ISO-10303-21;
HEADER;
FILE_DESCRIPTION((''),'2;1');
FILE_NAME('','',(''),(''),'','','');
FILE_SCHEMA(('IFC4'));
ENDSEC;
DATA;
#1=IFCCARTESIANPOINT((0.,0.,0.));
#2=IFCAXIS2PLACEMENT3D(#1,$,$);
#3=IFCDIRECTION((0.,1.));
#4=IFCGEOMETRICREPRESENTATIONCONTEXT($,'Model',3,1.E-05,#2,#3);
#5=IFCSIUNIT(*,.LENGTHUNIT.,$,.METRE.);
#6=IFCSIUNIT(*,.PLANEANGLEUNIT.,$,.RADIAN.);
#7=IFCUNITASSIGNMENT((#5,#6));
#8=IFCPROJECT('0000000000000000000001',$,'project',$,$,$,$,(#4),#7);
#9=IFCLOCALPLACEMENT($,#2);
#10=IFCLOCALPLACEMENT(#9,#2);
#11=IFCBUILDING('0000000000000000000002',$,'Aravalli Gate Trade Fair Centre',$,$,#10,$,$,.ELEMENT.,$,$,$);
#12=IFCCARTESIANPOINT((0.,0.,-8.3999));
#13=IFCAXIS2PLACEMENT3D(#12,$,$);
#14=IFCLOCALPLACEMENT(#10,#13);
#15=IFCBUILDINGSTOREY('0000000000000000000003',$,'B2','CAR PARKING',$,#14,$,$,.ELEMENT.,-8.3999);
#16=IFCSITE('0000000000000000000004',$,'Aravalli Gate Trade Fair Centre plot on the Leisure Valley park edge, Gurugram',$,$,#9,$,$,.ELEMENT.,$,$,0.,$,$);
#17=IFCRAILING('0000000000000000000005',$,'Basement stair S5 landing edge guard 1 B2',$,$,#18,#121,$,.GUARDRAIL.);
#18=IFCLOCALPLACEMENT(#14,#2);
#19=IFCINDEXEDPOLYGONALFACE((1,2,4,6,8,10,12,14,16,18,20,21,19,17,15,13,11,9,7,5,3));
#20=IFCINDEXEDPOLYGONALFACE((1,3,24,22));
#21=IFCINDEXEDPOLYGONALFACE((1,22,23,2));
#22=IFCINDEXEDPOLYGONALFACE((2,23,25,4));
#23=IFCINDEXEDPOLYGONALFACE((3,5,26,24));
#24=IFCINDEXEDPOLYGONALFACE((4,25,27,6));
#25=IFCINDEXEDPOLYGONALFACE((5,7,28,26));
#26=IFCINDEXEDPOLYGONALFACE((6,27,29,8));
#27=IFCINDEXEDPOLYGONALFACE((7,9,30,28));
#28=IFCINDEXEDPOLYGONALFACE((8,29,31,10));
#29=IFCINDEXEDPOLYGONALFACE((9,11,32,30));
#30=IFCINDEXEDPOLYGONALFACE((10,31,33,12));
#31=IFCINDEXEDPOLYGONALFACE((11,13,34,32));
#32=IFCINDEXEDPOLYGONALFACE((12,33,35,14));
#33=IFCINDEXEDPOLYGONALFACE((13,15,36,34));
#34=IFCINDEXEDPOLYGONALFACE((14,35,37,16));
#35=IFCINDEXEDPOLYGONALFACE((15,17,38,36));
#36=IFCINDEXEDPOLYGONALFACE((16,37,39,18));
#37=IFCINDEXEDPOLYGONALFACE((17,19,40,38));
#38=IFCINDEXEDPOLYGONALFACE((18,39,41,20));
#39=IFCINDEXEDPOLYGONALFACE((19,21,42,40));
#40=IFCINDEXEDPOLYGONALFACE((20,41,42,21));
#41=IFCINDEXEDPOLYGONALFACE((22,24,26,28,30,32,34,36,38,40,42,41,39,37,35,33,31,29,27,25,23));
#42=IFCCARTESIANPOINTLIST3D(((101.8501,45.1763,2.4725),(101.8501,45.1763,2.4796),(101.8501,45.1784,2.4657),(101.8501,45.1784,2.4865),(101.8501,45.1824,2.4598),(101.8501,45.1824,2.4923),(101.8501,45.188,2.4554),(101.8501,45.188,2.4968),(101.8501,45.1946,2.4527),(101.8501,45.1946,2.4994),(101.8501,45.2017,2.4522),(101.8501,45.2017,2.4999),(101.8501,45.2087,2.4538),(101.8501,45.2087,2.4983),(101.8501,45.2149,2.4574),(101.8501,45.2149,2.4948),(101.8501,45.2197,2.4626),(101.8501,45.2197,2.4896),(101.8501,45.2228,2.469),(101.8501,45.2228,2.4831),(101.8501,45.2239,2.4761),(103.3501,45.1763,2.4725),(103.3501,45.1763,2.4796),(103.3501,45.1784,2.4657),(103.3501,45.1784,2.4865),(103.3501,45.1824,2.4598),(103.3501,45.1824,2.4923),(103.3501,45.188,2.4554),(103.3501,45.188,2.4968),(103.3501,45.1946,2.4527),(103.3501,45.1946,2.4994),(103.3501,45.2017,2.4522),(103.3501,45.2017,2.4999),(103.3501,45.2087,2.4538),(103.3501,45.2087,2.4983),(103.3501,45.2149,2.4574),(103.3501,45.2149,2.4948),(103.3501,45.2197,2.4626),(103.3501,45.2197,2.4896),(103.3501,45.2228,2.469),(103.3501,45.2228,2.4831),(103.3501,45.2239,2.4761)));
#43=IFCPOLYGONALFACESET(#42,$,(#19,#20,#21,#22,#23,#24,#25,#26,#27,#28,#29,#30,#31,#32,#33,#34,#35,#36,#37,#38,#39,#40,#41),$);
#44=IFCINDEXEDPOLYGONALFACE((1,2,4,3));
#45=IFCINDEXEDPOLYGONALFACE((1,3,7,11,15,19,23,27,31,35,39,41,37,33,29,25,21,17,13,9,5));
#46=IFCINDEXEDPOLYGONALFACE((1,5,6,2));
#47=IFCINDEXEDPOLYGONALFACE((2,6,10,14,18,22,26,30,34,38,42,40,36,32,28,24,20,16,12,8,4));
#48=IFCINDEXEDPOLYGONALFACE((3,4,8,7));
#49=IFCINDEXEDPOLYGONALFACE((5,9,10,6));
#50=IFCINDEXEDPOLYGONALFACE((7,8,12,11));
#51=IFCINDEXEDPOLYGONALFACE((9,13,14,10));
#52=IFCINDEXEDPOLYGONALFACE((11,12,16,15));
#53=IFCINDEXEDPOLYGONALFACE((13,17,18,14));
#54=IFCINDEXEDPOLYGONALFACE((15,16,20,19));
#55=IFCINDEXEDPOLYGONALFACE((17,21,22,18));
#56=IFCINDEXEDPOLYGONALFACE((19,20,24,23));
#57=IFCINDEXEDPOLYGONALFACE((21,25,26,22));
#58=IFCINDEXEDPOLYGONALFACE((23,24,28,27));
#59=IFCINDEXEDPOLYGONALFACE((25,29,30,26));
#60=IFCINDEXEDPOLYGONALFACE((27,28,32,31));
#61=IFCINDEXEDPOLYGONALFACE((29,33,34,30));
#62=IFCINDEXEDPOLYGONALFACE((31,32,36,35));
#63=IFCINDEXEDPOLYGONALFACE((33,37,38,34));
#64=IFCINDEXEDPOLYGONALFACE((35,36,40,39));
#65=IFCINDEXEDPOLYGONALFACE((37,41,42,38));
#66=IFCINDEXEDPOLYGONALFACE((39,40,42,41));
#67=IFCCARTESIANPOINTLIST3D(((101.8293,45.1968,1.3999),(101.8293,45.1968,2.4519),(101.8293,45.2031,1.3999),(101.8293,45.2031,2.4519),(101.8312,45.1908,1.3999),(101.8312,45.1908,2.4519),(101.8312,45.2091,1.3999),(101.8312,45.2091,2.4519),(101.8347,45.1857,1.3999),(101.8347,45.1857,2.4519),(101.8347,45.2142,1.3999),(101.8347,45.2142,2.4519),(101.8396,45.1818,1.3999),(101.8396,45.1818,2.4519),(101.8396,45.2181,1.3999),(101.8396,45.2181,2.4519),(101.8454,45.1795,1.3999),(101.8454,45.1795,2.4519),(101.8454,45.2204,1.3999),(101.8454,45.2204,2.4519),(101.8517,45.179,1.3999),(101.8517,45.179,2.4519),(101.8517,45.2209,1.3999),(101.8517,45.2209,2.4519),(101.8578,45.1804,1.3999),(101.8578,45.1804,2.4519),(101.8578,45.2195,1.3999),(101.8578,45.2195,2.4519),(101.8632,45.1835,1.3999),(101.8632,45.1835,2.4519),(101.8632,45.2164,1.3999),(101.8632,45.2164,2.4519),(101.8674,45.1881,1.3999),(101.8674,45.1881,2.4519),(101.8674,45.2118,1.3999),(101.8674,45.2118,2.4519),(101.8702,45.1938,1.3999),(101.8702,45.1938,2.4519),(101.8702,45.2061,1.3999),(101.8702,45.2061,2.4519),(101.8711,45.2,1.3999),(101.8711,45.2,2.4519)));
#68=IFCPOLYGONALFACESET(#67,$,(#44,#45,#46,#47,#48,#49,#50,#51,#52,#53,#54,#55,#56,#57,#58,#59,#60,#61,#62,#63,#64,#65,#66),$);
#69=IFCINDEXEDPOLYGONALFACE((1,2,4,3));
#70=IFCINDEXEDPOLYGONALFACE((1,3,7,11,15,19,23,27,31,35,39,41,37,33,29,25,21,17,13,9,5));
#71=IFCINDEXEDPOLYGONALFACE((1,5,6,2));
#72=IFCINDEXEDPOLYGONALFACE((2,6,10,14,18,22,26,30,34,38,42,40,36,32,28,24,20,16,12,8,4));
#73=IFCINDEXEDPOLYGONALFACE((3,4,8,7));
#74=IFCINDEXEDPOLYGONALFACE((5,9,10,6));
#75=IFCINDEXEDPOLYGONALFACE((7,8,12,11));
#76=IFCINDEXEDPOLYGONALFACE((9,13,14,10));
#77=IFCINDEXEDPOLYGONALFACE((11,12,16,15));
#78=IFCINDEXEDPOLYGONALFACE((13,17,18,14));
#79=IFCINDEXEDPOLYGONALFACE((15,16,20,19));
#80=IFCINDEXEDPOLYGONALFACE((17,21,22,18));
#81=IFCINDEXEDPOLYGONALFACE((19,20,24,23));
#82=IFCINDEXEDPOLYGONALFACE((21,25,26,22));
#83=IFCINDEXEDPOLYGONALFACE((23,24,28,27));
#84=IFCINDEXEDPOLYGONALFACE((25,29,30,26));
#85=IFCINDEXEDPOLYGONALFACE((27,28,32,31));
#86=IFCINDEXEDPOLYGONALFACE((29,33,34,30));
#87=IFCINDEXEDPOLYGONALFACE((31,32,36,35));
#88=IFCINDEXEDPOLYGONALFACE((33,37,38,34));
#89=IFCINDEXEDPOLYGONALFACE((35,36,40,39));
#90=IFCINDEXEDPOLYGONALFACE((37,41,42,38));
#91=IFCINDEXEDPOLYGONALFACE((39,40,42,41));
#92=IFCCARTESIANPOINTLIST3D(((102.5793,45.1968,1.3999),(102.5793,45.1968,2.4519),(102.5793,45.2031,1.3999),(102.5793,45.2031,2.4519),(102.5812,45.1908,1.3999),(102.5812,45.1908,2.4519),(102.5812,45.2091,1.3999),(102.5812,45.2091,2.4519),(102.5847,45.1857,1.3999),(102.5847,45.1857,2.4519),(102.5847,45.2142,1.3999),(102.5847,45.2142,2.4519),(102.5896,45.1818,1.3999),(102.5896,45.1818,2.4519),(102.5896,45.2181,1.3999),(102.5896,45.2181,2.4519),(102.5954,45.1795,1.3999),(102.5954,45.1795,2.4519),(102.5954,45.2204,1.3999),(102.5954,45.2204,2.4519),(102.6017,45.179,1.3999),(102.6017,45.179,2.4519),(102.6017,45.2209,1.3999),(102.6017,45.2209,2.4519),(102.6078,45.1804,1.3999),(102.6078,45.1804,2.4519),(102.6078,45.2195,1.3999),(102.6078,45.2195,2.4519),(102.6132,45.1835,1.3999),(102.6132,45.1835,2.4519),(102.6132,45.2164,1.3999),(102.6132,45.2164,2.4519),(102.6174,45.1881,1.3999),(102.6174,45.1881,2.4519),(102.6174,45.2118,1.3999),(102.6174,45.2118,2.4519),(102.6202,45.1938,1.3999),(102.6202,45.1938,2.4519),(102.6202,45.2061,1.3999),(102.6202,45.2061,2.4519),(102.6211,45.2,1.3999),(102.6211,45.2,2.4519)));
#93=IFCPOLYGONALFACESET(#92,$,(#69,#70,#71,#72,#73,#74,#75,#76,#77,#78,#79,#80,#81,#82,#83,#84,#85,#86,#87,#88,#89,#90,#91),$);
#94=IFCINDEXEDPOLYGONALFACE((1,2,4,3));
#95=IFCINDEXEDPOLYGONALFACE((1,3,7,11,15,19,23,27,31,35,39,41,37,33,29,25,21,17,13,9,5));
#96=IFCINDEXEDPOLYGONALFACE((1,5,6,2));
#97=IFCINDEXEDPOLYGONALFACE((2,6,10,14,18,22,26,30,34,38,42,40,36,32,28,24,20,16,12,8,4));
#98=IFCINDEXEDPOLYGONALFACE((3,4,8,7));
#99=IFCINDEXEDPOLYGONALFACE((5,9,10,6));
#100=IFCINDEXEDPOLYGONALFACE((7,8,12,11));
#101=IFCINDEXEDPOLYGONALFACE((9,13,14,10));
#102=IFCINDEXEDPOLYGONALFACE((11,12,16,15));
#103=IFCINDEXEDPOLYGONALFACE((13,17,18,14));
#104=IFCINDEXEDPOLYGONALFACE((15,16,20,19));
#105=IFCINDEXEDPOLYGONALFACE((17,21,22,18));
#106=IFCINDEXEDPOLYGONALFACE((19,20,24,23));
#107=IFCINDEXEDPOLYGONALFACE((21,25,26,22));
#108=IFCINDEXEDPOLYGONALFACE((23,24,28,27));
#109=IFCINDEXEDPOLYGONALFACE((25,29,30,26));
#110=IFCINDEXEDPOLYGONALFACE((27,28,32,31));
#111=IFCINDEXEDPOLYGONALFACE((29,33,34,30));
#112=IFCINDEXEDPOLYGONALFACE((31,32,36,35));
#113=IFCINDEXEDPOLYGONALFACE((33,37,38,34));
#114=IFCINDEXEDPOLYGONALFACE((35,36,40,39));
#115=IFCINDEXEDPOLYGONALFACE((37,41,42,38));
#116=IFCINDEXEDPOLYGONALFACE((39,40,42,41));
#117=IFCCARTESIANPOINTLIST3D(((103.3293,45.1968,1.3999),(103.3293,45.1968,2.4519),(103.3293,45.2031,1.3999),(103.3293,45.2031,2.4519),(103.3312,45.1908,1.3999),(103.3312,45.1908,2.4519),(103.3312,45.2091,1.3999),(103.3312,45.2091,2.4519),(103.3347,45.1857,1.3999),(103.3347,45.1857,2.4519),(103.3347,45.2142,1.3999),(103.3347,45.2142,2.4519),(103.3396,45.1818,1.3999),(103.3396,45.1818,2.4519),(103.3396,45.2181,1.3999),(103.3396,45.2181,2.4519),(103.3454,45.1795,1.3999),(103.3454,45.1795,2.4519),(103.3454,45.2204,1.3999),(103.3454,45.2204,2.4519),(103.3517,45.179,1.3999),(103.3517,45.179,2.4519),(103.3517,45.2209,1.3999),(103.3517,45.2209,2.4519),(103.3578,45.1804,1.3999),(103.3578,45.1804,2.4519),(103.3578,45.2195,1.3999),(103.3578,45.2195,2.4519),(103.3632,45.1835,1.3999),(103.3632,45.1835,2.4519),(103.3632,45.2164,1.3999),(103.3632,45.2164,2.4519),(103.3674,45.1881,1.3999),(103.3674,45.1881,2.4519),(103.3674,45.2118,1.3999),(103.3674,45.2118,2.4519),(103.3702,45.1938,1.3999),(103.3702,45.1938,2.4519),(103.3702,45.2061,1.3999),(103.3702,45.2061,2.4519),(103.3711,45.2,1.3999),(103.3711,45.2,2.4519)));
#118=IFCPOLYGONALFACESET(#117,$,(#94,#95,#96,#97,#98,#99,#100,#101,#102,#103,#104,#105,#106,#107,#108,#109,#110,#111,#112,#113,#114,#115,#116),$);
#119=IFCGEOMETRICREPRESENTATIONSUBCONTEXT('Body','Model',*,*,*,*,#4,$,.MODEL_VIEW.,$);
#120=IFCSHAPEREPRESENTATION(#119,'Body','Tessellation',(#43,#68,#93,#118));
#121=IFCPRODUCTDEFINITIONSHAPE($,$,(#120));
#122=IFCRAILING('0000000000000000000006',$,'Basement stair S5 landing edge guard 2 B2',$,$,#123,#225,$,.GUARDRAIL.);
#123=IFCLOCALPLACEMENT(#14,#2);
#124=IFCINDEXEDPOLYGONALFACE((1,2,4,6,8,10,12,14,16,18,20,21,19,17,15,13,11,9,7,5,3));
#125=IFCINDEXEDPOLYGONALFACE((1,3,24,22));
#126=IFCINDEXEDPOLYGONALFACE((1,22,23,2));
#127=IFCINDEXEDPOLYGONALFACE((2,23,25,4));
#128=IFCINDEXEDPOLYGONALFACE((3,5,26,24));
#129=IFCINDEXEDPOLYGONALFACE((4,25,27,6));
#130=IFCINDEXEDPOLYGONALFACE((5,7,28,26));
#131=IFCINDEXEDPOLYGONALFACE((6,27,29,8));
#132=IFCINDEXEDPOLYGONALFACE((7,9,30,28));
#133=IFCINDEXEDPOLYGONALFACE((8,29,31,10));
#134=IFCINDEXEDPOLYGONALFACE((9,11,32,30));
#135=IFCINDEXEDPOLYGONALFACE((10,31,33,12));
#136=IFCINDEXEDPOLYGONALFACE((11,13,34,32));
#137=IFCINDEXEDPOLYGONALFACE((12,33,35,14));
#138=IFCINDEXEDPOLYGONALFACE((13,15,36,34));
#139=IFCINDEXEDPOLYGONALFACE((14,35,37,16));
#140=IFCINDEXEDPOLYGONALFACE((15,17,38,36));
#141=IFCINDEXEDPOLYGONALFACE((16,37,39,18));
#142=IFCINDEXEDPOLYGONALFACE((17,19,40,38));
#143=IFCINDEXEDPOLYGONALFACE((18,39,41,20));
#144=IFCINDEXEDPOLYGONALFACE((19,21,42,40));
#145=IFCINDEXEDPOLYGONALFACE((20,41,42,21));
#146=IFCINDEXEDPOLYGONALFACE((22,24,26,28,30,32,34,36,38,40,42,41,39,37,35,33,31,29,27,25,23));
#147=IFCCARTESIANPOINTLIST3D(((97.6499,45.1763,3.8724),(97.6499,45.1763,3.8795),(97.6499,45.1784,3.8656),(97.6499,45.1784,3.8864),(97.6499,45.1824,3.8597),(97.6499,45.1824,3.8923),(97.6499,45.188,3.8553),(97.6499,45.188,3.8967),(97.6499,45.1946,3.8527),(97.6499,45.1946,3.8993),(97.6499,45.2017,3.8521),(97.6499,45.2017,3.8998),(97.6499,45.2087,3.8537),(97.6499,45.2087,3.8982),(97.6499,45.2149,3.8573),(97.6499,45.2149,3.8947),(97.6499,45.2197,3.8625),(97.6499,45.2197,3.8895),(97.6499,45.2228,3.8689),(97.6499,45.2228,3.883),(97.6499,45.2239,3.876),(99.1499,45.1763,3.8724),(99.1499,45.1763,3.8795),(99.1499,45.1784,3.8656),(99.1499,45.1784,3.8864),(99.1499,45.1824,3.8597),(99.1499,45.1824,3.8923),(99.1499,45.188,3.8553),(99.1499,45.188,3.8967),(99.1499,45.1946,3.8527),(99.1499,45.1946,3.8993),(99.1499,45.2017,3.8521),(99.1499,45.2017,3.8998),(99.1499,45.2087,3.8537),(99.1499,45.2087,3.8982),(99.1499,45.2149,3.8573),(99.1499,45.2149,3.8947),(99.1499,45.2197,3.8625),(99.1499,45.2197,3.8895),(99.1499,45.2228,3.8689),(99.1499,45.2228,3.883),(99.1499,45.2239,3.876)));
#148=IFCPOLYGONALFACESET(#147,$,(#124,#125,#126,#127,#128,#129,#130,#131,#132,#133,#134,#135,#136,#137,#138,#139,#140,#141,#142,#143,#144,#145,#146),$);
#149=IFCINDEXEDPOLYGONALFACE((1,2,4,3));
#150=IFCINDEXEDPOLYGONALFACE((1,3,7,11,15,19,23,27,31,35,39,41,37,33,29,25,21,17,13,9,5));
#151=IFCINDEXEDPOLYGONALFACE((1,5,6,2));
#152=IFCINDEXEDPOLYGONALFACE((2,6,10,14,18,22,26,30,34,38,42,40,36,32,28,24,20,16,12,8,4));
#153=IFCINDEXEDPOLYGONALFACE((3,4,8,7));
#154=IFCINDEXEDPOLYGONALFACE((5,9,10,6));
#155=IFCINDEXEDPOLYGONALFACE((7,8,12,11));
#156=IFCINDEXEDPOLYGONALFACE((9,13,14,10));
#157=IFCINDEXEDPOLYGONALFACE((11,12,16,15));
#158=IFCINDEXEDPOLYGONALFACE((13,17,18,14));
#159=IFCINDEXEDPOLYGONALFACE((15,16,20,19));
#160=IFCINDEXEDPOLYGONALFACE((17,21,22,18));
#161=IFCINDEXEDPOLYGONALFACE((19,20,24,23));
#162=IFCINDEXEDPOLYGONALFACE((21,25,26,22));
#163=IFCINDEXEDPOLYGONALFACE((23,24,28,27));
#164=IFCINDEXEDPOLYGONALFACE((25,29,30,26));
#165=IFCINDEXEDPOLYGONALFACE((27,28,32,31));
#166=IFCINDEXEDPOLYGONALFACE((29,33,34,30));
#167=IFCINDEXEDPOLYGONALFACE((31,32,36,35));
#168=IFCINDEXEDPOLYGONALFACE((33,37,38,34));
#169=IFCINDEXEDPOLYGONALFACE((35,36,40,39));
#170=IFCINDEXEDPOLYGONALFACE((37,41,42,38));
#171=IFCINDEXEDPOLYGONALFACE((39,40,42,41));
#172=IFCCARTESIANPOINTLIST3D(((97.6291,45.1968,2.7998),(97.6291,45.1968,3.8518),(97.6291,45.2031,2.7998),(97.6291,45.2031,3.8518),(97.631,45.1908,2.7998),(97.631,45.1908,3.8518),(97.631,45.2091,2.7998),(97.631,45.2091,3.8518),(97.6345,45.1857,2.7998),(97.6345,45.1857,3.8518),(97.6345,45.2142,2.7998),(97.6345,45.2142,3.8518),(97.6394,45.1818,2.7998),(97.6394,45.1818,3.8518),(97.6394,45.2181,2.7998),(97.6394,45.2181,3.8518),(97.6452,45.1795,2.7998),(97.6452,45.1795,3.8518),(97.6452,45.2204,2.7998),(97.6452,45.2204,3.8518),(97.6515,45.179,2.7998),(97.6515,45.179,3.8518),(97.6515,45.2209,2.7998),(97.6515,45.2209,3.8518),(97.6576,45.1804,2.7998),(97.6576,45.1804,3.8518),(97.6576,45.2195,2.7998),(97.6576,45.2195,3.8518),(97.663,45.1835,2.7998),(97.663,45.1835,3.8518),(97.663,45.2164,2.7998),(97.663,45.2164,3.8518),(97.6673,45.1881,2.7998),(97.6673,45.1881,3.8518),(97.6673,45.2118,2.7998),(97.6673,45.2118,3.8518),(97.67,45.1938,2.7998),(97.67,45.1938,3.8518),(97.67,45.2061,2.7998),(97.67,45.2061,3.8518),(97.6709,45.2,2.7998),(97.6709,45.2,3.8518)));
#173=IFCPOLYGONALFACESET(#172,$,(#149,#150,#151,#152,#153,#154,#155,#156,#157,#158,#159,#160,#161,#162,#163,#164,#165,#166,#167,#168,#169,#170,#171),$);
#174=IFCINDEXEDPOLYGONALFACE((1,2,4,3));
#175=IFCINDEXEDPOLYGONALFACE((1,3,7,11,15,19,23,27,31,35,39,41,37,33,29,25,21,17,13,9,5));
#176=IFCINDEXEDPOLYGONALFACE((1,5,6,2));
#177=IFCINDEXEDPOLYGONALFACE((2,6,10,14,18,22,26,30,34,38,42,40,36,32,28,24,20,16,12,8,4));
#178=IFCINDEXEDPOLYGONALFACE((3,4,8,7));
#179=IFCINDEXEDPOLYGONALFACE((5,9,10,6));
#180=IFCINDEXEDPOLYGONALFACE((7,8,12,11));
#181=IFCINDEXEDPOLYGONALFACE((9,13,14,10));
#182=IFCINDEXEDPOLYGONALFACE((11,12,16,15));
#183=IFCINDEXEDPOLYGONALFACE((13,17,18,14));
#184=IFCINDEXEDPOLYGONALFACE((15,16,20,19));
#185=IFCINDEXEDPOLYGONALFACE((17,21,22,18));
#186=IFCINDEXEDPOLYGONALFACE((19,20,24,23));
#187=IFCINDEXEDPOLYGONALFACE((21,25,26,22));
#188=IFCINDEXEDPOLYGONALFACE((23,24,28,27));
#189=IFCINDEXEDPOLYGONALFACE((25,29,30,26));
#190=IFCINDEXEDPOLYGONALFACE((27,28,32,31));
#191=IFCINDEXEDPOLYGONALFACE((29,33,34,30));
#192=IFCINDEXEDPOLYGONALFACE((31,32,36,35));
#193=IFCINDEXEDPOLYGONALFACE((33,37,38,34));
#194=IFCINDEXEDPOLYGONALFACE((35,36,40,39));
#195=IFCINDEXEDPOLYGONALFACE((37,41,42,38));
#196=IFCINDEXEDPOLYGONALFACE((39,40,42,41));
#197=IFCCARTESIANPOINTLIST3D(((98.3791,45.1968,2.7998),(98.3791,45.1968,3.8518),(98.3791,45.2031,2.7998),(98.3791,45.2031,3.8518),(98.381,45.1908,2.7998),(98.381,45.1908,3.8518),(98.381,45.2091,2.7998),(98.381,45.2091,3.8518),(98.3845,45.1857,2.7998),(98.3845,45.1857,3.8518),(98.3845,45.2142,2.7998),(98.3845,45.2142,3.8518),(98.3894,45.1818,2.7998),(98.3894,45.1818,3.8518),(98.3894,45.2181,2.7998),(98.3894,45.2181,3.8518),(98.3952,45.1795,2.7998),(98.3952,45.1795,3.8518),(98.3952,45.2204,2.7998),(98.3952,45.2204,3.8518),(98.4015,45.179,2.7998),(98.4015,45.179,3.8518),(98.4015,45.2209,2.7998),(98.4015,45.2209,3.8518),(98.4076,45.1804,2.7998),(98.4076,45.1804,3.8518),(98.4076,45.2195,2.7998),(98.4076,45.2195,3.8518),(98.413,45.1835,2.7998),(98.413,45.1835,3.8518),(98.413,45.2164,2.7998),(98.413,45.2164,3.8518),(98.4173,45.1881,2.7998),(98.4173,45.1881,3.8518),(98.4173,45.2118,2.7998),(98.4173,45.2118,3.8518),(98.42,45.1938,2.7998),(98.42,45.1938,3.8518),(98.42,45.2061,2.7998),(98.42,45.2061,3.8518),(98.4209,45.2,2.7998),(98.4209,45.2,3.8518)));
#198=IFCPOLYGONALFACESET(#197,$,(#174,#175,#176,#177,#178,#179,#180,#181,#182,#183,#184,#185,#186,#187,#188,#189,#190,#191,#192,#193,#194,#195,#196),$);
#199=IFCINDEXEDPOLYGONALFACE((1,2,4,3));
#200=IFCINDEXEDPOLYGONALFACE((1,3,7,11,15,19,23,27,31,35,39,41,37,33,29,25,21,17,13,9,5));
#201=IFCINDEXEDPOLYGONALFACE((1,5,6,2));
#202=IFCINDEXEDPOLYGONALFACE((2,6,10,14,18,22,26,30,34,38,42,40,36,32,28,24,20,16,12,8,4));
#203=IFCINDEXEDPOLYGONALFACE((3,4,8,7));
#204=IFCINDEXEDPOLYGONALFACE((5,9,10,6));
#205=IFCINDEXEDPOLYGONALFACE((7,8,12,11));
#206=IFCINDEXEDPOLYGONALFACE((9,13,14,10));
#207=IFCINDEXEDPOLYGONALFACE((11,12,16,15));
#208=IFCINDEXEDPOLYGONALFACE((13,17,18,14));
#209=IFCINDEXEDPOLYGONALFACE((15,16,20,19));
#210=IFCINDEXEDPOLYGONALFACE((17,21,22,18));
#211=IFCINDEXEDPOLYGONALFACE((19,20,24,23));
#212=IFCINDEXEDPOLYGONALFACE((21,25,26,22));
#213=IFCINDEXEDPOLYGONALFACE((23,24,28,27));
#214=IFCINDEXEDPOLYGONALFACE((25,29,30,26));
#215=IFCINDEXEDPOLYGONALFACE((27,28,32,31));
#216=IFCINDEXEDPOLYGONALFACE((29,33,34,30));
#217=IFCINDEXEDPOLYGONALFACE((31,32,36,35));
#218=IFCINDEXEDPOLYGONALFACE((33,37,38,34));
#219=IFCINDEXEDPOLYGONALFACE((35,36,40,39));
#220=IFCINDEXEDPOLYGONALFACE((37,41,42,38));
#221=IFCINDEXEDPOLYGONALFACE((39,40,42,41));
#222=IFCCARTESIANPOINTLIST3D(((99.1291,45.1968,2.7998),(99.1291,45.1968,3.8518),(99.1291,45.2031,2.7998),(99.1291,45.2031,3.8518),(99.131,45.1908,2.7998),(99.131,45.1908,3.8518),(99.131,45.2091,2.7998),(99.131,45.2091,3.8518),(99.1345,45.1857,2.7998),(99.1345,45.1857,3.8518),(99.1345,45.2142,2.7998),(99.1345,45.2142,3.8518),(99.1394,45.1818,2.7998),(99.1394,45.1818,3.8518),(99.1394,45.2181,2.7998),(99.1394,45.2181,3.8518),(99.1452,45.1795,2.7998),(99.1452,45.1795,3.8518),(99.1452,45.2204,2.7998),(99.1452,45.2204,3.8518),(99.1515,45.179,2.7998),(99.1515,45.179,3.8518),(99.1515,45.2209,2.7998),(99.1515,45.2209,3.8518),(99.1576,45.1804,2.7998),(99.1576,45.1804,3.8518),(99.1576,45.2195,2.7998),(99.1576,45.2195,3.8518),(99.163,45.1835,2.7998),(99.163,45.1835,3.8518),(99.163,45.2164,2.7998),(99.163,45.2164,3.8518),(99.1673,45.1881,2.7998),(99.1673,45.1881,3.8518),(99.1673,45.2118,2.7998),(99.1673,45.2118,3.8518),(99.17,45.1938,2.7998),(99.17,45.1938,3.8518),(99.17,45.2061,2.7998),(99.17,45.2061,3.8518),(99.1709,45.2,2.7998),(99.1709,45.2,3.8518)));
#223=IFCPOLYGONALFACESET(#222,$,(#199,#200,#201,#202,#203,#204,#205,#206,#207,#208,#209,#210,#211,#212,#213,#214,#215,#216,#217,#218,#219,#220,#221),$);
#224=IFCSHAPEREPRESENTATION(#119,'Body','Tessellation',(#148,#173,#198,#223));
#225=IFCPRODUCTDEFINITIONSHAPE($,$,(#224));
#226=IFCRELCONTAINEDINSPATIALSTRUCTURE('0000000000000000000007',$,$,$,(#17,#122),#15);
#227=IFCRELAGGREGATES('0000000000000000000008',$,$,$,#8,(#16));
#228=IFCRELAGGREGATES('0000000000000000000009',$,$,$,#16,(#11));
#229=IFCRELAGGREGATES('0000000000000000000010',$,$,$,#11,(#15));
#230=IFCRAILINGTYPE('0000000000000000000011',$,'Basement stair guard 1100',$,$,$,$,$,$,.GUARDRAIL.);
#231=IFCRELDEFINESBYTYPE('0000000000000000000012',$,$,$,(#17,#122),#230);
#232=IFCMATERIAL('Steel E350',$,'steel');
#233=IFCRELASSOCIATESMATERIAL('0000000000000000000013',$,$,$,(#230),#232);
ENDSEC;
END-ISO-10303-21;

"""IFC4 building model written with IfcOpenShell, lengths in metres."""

from ifc_helpers import new_model, si_unit, direction, frame, origin, origin_2d, place, context, subcontext, project, spatial, circle, extrude, material, type_object, element, save


model = new_model("IFC4")

# Units and contexts
model_context = context("Model", 3, precision=1e-05, world=origin(), true_north=direction((0.0, 1.0)))
body_context = subcontext(model_context, "Body", "Model", "MODEL_VIEW")
ifc_project = project(units=[si_unit("LENGTHUNIT", "METRE"), si_unit("PLANEANGLEUNIT", "RADIAN")], contexts=[model_context])

# Site, building, storey
site_placement = place(None, origin())
site = spatial("IfcSite", under=ifc_project, at=site_placement, Name="Aravalli Gate Trade Fair Centre plot on the Leisure Valley park edge, Gurugram", CompositionType="ELEMENT", RefElevation=0.0)
building_placement = place(site_placement, origin())
building = spatial("IfcBuilding", under=site, at=building_placement, Name="Aravalli Gate Trade Fair Centre", CompositionType="ELEMENT")
storey_placement = place(building_placement, frame((0.0, 0.0, -8.3999)))
storey = spatial("IfcBuildingStorey", under=building, at=storey_placement, Name="B2", Description="CAR PARKING", CompositionType="ELEMENT", Elevation=-8.3999)

# Railings
ifc_material_1 = material(Name="Steel E350", Category="steel")
railing_type_1 = type_object("IfcRailingType", Name="Basement stair guard 1100", PredefinedType="GUARDRAIL", material=ifc_material_1)
for number, where, name in (
    (1, (101.8501, 45.2, 1.3999), "Basement stair S5 landing edge guard 1 B2"),
    (2, (97.6499, 45.2, 2.7998), "Basement stair S5 landing edge guard 2 B2"),
):
    element("IfcRailing", number, at=place(storey_placement, frame(where)), inside=storey, type_object=railing_type_1, Name=name, PredefinedType="GUARDRAIL", context=body_context, shape_type="SweptSolid", body=[
        extrude(circle(Radius=0.0239, at=origin_2d()), frame((0.0, 0.0, 1.0762), z_axis=(1.0, 0.0, 0.0), x_axis=(0.0, 1.0, 0.0)), (0.0, 0.0, 1.0), 1.5),
        extrude(circle(Radius=0.021, at=origin_2d()), origin(), (0.0, 0.0, 1.0), 1.052),
        extrude(circle(Radius=0.021, at=origin_2d()), frame((0.75, 0.0, 0.0)), (0.0, 0.0, 1.0), 1.052),
        extrude(circle(Radius=0.021, at=origin_2d()), frame((1.5, 0.0, 0.0)), (0.0, 0.0, 1.0), 1.052),
    ])

save(model, "model.ifc")
